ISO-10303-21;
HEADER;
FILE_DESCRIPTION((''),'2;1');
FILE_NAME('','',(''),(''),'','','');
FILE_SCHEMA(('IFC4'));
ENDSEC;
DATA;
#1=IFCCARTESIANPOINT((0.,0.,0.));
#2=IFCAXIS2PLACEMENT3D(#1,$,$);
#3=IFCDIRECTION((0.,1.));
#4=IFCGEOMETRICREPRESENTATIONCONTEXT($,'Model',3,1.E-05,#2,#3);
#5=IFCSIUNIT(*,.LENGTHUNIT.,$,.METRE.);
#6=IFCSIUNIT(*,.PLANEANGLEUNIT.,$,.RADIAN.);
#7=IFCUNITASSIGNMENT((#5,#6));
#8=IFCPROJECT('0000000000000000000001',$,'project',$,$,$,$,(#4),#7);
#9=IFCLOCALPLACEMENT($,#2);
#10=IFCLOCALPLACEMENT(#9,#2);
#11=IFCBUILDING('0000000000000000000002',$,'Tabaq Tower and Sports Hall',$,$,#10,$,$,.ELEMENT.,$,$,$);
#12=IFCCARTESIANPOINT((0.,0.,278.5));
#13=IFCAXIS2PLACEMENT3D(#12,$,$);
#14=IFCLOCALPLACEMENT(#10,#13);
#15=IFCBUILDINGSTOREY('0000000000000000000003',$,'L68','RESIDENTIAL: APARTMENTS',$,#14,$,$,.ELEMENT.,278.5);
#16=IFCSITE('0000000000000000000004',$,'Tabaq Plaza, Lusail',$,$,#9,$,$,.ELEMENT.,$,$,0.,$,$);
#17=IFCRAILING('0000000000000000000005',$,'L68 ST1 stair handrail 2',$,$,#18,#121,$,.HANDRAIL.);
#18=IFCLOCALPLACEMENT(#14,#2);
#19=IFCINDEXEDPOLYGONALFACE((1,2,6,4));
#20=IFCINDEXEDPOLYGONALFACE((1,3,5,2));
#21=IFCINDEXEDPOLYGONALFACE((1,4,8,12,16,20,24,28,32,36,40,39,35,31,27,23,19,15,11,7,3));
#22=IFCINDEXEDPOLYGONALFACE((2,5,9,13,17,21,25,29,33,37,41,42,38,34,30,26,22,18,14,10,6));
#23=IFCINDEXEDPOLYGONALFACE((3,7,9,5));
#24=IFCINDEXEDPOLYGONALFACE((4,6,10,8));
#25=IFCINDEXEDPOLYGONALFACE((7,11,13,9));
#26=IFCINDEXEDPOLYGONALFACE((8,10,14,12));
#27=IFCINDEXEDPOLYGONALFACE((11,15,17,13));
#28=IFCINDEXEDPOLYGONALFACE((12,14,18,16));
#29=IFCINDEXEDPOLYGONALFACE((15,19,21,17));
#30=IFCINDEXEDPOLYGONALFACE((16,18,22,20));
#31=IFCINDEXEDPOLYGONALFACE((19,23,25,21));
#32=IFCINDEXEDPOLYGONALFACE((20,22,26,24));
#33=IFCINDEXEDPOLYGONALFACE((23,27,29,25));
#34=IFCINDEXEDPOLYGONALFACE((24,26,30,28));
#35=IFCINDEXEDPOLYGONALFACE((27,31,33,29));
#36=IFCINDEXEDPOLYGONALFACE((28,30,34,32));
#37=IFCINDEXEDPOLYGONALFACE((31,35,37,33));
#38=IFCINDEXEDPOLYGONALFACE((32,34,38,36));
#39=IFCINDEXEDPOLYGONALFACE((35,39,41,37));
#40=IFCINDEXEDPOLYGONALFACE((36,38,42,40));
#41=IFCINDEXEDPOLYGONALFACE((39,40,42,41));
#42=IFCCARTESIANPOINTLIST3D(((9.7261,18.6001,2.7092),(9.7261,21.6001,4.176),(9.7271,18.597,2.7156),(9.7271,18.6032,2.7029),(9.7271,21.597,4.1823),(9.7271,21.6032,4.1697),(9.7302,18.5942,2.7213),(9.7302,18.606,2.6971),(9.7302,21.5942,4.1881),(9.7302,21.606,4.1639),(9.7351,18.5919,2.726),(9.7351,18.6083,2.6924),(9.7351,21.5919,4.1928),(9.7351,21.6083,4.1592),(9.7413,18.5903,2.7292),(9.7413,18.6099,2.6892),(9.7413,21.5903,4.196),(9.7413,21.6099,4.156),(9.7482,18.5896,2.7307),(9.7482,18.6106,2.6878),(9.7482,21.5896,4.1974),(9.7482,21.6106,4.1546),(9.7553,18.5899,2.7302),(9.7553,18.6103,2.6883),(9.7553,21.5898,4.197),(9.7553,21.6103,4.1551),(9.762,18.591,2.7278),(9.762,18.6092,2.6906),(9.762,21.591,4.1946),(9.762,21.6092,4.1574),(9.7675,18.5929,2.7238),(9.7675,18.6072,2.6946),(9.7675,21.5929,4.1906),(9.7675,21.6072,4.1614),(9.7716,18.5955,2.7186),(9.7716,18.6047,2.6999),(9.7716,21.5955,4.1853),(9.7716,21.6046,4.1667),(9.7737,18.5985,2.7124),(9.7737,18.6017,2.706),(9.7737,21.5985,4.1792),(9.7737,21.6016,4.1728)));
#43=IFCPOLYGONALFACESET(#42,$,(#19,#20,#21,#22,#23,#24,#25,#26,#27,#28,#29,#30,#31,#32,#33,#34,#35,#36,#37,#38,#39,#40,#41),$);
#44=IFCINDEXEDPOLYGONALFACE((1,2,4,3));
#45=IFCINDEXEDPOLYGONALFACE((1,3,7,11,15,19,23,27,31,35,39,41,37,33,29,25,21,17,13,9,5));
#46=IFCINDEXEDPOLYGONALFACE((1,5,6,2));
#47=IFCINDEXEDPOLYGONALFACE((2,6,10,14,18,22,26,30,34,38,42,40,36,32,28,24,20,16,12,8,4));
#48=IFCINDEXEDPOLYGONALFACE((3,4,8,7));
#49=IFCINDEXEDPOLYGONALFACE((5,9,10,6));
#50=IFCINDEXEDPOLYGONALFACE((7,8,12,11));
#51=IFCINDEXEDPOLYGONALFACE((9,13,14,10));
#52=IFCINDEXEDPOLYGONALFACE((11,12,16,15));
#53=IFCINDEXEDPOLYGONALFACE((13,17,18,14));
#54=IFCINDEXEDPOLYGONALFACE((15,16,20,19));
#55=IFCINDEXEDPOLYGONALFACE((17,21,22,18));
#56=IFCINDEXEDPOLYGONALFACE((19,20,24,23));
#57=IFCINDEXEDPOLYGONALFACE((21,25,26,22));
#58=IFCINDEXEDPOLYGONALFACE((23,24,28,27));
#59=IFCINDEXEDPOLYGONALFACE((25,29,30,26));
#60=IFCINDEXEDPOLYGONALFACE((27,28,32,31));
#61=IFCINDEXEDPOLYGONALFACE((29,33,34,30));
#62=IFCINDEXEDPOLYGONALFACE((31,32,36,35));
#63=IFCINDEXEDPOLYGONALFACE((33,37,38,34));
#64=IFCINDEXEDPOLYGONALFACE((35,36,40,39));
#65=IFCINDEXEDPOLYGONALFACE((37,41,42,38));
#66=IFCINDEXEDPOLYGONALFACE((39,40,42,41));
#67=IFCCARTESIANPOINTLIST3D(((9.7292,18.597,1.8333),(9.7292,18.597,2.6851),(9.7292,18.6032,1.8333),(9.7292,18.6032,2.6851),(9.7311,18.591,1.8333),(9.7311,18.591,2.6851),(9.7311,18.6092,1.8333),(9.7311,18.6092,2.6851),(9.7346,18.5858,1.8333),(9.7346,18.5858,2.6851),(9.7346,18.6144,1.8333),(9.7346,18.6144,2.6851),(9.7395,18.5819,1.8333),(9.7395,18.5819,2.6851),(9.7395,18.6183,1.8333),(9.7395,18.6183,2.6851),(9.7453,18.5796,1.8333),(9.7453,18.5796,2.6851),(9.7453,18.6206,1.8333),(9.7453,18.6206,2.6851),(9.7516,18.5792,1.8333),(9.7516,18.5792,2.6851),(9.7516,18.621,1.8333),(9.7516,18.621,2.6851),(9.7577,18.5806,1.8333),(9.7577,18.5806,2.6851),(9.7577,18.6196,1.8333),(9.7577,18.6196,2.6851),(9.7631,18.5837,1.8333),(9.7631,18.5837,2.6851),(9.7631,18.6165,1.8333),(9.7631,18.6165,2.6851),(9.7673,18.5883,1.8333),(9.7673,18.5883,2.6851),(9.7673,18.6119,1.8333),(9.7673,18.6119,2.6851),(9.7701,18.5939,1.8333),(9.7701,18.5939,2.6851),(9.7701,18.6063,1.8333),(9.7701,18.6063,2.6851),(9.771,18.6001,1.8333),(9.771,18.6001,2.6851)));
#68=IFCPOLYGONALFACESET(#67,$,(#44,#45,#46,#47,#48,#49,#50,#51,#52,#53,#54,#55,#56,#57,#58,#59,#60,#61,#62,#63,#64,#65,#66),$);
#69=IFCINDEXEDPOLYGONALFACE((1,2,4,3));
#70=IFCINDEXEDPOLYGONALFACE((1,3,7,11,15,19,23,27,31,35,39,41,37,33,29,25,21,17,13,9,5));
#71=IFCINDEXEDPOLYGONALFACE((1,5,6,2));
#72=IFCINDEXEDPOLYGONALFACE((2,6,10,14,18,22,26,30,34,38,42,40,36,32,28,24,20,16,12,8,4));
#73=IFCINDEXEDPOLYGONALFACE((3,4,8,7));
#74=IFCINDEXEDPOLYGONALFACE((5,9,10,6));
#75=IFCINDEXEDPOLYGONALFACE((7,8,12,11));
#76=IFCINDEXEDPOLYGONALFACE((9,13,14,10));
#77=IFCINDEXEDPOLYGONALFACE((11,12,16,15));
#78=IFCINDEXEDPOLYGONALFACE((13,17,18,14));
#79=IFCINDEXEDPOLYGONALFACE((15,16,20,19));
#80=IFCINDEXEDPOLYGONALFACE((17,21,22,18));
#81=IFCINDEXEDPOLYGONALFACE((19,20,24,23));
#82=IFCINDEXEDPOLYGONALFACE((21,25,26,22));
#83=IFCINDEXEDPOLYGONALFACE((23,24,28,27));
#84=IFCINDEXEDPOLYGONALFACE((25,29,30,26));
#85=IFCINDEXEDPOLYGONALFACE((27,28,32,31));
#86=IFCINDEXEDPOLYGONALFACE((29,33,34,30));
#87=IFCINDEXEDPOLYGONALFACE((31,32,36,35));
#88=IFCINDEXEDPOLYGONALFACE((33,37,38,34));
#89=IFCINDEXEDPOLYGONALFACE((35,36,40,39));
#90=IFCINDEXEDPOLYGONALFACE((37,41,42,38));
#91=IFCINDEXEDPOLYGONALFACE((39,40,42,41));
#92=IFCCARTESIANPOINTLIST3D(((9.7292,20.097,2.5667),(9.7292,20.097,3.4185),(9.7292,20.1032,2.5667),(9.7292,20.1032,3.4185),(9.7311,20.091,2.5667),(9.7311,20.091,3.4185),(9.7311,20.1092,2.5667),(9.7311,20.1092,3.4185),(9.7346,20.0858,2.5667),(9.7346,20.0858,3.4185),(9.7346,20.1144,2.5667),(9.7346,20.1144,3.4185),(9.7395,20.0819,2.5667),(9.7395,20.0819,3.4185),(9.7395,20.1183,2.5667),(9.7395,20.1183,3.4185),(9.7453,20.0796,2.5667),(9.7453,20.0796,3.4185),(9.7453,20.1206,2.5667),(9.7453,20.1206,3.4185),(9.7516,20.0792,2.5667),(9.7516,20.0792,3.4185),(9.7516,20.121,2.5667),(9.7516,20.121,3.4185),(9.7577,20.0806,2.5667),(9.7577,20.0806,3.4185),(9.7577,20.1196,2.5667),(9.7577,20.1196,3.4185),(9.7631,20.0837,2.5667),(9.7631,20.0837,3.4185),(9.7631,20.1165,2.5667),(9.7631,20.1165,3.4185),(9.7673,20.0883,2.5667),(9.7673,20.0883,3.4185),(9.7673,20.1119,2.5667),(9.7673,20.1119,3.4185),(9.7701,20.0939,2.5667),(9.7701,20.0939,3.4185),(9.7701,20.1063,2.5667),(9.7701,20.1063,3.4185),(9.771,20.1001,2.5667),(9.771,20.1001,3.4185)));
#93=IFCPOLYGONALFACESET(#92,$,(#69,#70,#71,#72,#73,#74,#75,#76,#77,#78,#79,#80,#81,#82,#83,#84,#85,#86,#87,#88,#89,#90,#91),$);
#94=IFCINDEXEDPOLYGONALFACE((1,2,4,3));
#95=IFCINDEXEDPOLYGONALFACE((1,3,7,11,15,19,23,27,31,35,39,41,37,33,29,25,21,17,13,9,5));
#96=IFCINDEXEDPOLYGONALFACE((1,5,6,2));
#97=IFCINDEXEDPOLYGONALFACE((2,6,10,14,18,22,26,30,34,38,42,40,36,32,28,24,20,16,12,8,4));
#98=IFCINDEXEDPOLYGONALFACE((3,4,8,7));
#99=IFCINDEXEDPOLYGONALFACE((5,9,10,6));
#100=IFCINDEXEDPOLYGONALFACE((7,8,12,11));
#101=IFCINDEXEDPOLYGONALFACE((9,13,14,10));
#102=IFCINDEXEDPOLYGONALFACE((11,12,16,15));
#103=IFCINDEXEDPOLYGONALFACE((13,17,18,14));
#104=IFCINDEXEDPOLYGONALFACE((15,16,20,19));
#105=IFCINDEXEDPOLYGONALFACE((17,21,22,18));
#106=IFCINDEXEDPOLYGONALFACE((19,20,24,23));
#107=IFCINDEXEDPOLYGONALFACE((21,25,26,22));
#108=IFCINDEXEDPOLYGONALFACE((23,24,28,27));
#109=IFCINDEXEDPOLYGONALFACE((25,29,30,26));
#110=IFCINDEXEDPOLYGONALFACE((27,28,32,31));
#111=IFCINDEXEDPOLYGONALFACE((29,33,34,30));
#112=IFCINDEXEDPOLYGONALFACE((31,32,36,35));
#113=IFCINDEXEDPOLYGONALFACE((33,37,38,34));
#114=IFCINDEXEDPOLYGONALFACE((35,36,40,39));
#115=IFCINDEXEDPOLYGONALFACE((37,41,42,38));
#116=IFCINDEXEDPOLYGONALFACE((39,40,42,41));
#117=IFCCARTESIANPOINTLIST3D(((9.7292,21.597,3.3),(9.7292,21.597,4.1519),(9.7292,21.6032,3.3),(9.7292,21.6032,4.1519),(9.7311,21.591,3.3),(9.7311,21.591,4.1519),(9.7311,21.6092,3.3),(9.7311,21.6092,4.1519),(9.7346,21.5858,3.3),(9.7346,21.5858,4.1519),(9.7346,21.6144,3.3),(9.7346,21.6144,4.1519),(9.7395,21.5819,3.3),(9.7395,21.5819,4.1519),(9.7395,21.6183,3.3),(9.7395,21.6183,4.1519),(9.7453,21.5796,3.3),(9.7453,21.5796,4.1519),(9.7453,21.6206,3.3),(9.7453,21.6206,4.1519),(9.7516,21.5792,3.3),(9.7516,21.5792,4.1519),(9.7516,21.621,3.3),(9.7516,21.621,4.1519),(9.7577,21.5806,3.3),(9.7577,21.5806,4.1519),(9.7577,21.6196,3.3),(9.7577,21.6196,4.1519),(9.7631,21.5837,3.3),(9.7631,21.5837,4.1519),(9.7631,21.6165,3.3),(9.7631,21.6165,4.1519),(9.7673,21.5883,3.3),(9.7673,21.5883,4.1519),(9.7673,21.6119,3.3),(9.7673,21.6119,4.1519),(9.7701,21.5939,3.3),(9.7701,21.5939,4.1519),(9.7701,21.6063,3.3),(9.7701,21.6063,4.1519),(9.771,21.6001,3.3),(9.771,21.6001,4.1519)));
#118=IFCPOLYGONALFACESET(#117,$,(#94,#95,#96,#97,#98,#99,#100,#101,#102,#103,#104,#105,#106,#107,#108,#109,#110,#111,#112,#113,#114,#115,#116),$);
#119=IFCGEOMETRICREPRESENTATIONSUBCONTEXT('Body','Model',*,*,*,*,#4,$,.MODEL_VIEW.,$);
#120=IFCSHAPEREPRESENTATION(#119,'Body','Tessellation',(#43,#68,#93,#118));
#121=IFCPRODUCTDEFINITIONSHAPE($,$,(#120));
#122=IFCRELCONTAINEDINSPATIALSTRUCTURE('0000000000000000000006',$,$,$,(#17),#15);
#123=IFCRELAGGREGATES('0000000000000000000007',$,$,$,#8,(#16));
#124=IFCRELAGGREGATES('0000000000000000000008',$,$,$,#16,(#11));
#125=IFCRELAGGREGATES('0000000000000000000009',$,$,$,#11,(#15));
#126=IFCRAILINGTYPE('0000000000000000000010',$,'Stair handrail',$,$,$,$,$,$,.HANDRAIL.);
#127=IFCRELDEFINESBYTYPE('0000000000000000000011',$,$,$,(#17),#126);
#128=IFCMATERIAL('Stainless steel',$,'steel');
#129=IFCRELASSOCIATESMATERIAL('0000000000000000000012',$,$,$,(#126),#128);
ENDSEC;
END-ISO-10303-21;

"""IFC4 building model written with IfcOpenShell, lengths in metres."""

from ifc_helpers import new_model, si_unit, direction, frame, origin, origin_2d, place, context, subcontext, project, spatial, circle, extrude, material, type_object, element, save


model = new_model("IFC4")

# Units and contexts
model_context = context("Model", 3, precision=1e-05, world=origin(), true_north=direction((0.0, 1.0)))
body_context = subcontext(model_context, "Body", "Model", "MODEL_VIEW")
ifc_project = project(units=[si_unit("LENGTHUNIT", "METRE"), si_unit("PLANEANGLEUNIT", "RADIAN")], contexts=[model_context])

# Site, building, storey
site_placement = place(None, origin())
site = spatial("IfcSite", under=ifc_project, at=site_placement, Name="Tabaq Plaza, Lusail", CompositionType="ELEMENT", RefElevation=0.0)
building_placement = place(site_placement, origin())
building = spatial("IfcBuilding", under=site, at=building_placement, Name="Tabaq Tower and Sports Hall", CompositionType="ELEMENT")
storey_placement = place(building_placement, frame((0.0, 0.0, 278.5)))
storey = spatial("IfcBuildingStorey", under=building, at=storey_placement, Name="L68", Description="RESIDENTIAL: APARTMENTS", CompositionType="ELEMENT", Elevation=278.5)

# Railing
ifc_material_1 = material(Name="Stainless steel", Category="steel")
railing_type = type_object("IfcRailingType", Name="Stair handrail", PredefinedType="HANDRAIL", material=ifc_material_1)
railing_1_placement = place(storey_placement, frame((9.75, 18.6001, 1.8333)))
element("IfcRailing", 1, at=railing_1_placement, inside=storey, type_object=railing_type, Name="L68 ST1 stair handrail 2", PredefinedType="HANDRAIL", context=body_context, shape_type="SweptSolid", body=[
    extrude(circle(Radius=0.0239, at=origin_2d()), frame((0.0, 0.0, 0.876), z_axis=(0.0, 0.898369, 0.439242), x_axis=(-1.0, 0.0, 0.0)), (0.0, 0.0, 1.0), 3.3394),
    extrude(circle(Radius=0.021, at=origin_2d()), origin(), (0.0, 0.0, 1.0), 0.8518),
    extrude(circle(Radius=0.021, at=origin_2d()), frame((0.0, 1.5, 0.7334)), (0.0, 0.0, 1.0), 0.8518),
    extrude(circle(Radius=0.021, at=origin_2d()), frame((0.0, 3.0, 1.4668)), (0.0, 0.0, 1.0), 0.8518),
])

save(model, "model.ifc")
